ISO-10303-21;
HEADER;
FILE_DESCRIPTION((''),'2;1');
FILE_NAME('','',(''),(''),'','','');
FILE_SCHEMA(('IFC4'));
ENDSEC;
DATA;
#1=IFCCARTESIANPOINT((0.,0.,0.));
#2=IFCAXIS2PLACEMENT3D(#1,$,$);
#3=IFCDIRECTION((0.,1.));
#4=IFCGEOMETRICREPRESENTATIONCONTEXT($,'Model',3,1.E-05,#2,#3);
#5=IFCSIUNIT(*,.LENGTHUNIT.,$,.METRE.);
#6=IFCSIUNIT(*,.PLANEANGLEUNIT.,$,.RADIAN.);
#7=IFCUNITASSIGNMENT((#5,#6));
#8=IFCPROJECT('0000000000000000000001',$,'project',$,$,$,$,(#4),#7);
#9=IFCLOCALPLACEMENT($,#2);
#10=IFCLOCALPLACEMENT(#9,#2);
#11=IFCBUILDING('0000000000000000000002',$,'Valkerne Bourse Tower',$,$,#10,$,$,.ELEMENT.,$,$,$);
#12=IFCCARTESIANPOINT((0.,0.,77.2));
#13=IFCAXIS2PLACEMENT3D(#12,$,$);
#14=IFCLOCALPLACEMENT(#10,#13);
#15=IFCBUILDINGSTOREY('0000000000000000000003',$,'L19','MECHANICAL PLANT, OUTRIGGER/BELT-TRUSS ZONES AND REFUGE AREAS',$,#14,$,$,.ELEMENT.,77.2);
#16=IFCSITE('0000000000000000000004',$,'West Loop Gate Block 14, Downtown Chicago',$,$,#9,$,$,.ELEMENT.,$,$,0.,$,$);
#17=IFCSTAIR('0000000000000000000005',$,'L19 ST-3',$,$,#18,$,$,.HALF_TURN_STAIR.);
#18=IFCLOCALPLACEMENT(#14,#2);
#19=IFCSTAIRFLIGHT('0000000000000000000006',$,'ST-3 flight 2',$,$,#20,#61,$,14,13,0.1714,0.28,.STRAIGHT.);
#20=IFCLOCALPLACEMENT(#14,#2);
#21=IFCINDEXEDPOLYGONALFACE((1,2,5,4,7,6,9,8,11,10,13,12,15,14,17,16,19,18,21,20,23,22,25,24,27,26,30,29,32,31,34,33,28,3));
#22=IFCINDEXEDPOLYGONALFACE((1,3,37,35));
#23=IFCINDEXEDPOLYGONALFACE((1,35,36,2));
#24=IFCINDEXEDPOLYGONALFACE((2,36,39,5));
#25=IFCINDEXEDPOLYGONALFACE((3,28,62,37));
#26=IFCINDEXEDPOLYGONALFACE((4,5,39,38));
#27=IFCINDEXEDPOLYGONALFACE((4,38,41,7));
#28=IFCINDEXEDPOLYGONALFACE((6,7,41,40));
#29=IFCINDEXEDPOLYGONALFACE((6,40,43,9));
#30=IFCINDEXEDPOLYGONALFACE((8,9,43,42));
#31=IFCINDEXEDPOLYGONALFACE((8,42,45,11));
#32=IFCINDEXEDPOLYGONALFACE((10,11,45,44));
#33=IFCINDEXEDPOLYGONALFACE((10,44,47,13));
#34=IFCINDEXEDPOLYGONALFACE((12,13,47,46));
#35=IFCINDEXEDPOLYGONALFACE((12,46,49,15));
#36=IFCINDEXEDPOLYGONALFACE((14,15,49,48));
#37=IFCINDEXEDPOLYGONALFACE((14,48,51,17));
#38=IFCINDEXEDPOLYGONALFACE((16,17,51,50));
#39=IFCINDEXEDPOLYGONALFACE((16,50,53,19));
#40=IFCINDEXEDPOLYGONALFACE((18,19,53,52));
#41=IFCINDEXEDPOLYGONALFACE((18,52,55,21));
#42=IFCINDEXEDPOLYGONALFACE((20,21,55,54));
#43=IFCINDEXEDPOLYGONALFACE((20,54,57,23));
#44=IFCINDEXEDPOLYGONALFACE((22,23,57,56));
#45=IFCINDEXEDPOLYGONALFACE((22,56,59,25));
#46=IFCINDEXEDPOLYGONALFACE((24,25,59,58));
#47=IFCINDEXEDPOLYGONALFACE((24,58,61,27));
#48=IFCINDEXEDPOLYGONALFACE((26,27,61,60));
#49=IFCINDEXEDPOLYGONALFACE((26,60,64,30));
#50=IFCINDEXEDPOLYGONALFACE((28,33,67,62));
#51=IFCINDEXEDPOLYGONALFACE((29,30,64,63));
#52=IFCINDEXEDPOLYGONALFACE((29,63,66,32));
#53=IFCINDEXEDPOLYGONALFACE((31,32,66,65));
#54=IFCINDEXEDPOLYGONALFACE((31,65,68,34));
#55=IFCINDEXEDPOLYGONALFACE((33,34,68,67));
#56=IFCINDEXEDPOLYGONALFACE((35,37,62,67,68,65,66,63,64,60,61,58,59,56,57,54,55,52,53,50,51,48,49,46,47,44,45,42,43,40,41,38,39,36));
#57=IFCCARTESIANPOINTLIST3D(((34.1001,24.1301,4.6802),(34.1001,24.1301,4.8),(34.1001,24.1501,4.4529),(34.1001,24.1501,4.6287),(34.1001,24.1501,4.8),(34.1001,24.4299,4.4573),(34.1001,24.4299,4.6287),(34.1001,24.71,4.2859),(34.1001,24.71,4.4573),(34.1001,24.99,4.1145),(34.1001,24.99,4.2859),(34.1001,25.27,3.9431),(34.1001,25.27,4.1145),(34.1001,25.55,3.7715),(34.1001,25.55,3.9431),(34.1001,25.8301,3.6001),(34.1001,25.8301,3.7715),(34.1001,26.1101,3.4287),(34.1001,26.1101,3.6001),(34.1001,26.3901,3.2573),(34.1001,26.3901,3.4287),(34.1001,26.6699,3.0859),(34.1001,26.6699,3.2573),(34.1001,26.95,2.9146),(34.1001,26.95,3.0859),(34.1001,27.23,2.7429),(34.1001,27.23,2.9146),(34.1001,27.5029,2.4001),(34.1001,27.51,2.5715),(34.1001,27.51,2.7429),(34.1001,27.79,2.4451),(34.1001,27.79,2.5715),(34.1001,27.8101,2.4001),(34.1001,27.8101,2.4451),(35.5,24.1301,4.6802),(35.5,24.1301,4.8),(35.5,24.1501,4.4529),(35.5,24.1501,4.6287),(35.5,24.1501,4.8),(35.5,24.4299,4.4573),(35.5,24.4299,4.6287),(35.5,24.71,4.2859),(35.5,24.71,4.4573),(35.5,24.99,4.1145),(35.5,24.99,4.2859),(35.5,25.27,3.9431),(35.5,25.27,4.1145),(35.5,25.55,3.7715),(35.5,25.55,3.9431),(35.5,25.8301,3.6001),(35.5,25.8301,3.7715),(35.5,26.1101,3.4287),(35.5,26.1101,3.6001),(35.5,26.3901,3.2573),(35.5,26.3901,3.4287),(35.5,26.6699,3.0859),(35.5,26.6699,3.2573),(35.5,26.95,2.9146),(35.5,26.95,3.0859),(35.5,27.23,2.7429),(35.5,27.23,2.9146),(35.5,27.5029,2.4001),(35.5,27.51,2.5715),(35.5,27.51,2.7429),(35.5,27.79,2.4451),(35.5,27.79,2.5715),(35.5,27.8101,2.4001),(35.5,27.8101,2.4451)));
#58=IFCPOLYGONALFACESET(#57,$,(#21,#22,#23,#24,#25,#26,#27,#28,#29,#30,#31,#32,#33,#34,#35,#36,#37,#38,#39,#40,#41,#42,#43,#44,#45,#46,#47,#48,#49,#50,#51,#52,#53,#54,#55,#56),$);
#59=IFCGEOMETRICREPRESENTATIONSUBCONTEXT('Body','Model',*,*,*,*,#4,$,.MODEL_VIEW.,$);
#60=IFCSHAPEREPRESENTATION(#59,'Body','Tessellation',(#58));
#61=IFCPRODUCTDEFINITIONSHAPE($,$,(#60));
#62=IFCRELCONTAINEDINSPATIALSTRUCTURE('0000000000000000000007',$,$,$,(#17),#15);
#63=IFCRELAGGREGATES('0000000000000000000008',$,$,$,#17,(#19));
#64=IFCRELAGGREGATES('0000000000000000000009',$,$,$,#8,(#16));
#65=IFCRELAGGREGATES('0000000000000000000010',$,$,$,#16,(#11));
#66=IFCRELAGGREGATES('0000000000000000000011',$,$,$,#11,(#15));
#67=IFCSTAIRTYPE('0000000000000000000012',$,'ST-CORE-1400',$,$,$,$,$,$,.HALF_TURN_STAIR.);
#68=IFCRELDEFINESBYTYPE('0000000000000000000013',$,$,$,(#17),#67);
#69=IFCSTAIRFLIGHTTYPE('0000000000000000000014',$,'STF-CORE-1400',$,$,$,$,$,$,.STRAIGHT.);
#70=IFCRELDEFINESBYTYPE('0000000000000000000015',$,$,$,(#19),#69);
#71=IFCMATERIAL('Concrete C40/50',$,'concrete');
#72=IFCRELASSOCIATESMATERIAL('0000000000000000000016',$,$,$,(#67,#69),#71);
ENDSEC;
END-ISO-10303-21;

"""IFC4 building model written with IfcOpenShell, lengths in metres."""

from ifc_helpers import new_model, si_unit, direction, frame, origin, place, context, subcontext, project, spatial, polyline, outline, extrude, material, type_object, element, aggregate, save


model = new_model("IFC4")

# Units and contexts
model_context = context("Model", 3, precision=1e-05, world=origin(), true_north=direction((0.0, 1.0)))
body_context = subcontext(model_context, "Body", "Model", "MODEL_VIEW")
ifc_project = project(units=[si_unit("LENGTHUNIT", "METRE"), si_unit("PLANEANGLEUNIT", "RADIAN")], contexts=[model_context])

# Site, building, storey
site_placement = place(None, origin())
site = spatial("IfcSite", under=ifc_project, at=site_placement, Name="West Loop Gate Block 14, Downtown Chicago", CompositionType="ELEMENT", RefElevation=0.0)
building_placement = place(site_placement, origin())
building = spatial("IfcBuilding", under=site, at=building_placement, Name="Valkerne Bourse Tower", CompositionType="ELEMENT")
storey_placement = place(building_placement, frame((0.0, 0.0, 77.2)))
storey = spatial("IfcBuildingStorey", under=building, at=storey_placement, Name="L19", Description="MECHANICAL PLANT, OUTRIGGER/BELT-TRUSS ZONES AND REFUGE AREAS", CompositionType="ELEMENT", Elevation=77.2)

# Shared definitions
ifc_material_1 = material(Name="Concrete C40/50", Category="concrete")

# Stair, stair flight
stair_type = type_object("IfcStairType", Name="ST-CORE-1400", PredefinedType="HALF_TURN_STAIR", material=ifc_material_1)
stair_placement = place(storey_placement, origin())
stair = element("IfcStair", 1, at=stair_placement, inside=storey, type_object=stair_type, Name="L19 ST-3", PredefinedType="HALF_TURN_STAIR")
stair_flight_type = type_object("IfcStairFlightType", Name="STF-CORE-1400", PredefinedType="STRAIGHT", material=ifc_material_1)
stair_flight_placement = place(storey_placement, frame((34.8, 27.79, 2.4001), z_axis=(0.0, 0.0, 1.0), x_axis=(0.0, -1.0, 0.0)))
stair_flight = element("IfcStairFlight", 2, at=stair_flight_placement, type_object=stair_flight_type, Name="ST-3 flight 2", NumberOfRisers=14, NumberOfTreads=13, PredefinedType="STRAIGHT", RiserHeight=0.1714, TreadLength=0.28, context=body_context, shape_type="SweptSolid", body=[
    extrude(outline(polyline([(-0.02, 0.0), (-0.02, 0.0449), (0.0, 0.0449), (0.0, 0.1714), (0.28, 0.1714), (0.28, 0.3428), (0.5601, 0.3428), (0.5601, 0.5144), (0.8401, 0.5144), (0.8401, 0.6858), (1.1201, 0.6858), (1.1201, 0.8572), (1.3999, 0.8572), (1.3999, 1.0286), (1.6799, 1.0286), (1.6799, 1.2), (1.96, 1.2), (1.96, 1.3713), (2.24, 1.3713), (2.24, 1.543), (2.52, 1.543), (2.52, 1.7144), (2.8, 1.7144), (2.8, 1.8857), (3.0801, 1.8857), (3.0801, 2.0571), (3.3601, 2.0571), (3.3601, 2.2285), (3.6399, 2.2285), (3.6399, 2.3999), (3.6599, 2.3999), (3.6599, 2.28), (3.6399, 2.0527), (0.2871, 0.0), (-0.02, 0.0)])), frame((0.0, 0.7, 0.0), z_axis=(0.0, -1.0, 0.0), x_axis=(1.0, 0.0, 0.0)), (0.0, 0.0, 1.0), 1.3999),
])
aggregate(stair, [stair_flight])

save(model, "model.ifc")
